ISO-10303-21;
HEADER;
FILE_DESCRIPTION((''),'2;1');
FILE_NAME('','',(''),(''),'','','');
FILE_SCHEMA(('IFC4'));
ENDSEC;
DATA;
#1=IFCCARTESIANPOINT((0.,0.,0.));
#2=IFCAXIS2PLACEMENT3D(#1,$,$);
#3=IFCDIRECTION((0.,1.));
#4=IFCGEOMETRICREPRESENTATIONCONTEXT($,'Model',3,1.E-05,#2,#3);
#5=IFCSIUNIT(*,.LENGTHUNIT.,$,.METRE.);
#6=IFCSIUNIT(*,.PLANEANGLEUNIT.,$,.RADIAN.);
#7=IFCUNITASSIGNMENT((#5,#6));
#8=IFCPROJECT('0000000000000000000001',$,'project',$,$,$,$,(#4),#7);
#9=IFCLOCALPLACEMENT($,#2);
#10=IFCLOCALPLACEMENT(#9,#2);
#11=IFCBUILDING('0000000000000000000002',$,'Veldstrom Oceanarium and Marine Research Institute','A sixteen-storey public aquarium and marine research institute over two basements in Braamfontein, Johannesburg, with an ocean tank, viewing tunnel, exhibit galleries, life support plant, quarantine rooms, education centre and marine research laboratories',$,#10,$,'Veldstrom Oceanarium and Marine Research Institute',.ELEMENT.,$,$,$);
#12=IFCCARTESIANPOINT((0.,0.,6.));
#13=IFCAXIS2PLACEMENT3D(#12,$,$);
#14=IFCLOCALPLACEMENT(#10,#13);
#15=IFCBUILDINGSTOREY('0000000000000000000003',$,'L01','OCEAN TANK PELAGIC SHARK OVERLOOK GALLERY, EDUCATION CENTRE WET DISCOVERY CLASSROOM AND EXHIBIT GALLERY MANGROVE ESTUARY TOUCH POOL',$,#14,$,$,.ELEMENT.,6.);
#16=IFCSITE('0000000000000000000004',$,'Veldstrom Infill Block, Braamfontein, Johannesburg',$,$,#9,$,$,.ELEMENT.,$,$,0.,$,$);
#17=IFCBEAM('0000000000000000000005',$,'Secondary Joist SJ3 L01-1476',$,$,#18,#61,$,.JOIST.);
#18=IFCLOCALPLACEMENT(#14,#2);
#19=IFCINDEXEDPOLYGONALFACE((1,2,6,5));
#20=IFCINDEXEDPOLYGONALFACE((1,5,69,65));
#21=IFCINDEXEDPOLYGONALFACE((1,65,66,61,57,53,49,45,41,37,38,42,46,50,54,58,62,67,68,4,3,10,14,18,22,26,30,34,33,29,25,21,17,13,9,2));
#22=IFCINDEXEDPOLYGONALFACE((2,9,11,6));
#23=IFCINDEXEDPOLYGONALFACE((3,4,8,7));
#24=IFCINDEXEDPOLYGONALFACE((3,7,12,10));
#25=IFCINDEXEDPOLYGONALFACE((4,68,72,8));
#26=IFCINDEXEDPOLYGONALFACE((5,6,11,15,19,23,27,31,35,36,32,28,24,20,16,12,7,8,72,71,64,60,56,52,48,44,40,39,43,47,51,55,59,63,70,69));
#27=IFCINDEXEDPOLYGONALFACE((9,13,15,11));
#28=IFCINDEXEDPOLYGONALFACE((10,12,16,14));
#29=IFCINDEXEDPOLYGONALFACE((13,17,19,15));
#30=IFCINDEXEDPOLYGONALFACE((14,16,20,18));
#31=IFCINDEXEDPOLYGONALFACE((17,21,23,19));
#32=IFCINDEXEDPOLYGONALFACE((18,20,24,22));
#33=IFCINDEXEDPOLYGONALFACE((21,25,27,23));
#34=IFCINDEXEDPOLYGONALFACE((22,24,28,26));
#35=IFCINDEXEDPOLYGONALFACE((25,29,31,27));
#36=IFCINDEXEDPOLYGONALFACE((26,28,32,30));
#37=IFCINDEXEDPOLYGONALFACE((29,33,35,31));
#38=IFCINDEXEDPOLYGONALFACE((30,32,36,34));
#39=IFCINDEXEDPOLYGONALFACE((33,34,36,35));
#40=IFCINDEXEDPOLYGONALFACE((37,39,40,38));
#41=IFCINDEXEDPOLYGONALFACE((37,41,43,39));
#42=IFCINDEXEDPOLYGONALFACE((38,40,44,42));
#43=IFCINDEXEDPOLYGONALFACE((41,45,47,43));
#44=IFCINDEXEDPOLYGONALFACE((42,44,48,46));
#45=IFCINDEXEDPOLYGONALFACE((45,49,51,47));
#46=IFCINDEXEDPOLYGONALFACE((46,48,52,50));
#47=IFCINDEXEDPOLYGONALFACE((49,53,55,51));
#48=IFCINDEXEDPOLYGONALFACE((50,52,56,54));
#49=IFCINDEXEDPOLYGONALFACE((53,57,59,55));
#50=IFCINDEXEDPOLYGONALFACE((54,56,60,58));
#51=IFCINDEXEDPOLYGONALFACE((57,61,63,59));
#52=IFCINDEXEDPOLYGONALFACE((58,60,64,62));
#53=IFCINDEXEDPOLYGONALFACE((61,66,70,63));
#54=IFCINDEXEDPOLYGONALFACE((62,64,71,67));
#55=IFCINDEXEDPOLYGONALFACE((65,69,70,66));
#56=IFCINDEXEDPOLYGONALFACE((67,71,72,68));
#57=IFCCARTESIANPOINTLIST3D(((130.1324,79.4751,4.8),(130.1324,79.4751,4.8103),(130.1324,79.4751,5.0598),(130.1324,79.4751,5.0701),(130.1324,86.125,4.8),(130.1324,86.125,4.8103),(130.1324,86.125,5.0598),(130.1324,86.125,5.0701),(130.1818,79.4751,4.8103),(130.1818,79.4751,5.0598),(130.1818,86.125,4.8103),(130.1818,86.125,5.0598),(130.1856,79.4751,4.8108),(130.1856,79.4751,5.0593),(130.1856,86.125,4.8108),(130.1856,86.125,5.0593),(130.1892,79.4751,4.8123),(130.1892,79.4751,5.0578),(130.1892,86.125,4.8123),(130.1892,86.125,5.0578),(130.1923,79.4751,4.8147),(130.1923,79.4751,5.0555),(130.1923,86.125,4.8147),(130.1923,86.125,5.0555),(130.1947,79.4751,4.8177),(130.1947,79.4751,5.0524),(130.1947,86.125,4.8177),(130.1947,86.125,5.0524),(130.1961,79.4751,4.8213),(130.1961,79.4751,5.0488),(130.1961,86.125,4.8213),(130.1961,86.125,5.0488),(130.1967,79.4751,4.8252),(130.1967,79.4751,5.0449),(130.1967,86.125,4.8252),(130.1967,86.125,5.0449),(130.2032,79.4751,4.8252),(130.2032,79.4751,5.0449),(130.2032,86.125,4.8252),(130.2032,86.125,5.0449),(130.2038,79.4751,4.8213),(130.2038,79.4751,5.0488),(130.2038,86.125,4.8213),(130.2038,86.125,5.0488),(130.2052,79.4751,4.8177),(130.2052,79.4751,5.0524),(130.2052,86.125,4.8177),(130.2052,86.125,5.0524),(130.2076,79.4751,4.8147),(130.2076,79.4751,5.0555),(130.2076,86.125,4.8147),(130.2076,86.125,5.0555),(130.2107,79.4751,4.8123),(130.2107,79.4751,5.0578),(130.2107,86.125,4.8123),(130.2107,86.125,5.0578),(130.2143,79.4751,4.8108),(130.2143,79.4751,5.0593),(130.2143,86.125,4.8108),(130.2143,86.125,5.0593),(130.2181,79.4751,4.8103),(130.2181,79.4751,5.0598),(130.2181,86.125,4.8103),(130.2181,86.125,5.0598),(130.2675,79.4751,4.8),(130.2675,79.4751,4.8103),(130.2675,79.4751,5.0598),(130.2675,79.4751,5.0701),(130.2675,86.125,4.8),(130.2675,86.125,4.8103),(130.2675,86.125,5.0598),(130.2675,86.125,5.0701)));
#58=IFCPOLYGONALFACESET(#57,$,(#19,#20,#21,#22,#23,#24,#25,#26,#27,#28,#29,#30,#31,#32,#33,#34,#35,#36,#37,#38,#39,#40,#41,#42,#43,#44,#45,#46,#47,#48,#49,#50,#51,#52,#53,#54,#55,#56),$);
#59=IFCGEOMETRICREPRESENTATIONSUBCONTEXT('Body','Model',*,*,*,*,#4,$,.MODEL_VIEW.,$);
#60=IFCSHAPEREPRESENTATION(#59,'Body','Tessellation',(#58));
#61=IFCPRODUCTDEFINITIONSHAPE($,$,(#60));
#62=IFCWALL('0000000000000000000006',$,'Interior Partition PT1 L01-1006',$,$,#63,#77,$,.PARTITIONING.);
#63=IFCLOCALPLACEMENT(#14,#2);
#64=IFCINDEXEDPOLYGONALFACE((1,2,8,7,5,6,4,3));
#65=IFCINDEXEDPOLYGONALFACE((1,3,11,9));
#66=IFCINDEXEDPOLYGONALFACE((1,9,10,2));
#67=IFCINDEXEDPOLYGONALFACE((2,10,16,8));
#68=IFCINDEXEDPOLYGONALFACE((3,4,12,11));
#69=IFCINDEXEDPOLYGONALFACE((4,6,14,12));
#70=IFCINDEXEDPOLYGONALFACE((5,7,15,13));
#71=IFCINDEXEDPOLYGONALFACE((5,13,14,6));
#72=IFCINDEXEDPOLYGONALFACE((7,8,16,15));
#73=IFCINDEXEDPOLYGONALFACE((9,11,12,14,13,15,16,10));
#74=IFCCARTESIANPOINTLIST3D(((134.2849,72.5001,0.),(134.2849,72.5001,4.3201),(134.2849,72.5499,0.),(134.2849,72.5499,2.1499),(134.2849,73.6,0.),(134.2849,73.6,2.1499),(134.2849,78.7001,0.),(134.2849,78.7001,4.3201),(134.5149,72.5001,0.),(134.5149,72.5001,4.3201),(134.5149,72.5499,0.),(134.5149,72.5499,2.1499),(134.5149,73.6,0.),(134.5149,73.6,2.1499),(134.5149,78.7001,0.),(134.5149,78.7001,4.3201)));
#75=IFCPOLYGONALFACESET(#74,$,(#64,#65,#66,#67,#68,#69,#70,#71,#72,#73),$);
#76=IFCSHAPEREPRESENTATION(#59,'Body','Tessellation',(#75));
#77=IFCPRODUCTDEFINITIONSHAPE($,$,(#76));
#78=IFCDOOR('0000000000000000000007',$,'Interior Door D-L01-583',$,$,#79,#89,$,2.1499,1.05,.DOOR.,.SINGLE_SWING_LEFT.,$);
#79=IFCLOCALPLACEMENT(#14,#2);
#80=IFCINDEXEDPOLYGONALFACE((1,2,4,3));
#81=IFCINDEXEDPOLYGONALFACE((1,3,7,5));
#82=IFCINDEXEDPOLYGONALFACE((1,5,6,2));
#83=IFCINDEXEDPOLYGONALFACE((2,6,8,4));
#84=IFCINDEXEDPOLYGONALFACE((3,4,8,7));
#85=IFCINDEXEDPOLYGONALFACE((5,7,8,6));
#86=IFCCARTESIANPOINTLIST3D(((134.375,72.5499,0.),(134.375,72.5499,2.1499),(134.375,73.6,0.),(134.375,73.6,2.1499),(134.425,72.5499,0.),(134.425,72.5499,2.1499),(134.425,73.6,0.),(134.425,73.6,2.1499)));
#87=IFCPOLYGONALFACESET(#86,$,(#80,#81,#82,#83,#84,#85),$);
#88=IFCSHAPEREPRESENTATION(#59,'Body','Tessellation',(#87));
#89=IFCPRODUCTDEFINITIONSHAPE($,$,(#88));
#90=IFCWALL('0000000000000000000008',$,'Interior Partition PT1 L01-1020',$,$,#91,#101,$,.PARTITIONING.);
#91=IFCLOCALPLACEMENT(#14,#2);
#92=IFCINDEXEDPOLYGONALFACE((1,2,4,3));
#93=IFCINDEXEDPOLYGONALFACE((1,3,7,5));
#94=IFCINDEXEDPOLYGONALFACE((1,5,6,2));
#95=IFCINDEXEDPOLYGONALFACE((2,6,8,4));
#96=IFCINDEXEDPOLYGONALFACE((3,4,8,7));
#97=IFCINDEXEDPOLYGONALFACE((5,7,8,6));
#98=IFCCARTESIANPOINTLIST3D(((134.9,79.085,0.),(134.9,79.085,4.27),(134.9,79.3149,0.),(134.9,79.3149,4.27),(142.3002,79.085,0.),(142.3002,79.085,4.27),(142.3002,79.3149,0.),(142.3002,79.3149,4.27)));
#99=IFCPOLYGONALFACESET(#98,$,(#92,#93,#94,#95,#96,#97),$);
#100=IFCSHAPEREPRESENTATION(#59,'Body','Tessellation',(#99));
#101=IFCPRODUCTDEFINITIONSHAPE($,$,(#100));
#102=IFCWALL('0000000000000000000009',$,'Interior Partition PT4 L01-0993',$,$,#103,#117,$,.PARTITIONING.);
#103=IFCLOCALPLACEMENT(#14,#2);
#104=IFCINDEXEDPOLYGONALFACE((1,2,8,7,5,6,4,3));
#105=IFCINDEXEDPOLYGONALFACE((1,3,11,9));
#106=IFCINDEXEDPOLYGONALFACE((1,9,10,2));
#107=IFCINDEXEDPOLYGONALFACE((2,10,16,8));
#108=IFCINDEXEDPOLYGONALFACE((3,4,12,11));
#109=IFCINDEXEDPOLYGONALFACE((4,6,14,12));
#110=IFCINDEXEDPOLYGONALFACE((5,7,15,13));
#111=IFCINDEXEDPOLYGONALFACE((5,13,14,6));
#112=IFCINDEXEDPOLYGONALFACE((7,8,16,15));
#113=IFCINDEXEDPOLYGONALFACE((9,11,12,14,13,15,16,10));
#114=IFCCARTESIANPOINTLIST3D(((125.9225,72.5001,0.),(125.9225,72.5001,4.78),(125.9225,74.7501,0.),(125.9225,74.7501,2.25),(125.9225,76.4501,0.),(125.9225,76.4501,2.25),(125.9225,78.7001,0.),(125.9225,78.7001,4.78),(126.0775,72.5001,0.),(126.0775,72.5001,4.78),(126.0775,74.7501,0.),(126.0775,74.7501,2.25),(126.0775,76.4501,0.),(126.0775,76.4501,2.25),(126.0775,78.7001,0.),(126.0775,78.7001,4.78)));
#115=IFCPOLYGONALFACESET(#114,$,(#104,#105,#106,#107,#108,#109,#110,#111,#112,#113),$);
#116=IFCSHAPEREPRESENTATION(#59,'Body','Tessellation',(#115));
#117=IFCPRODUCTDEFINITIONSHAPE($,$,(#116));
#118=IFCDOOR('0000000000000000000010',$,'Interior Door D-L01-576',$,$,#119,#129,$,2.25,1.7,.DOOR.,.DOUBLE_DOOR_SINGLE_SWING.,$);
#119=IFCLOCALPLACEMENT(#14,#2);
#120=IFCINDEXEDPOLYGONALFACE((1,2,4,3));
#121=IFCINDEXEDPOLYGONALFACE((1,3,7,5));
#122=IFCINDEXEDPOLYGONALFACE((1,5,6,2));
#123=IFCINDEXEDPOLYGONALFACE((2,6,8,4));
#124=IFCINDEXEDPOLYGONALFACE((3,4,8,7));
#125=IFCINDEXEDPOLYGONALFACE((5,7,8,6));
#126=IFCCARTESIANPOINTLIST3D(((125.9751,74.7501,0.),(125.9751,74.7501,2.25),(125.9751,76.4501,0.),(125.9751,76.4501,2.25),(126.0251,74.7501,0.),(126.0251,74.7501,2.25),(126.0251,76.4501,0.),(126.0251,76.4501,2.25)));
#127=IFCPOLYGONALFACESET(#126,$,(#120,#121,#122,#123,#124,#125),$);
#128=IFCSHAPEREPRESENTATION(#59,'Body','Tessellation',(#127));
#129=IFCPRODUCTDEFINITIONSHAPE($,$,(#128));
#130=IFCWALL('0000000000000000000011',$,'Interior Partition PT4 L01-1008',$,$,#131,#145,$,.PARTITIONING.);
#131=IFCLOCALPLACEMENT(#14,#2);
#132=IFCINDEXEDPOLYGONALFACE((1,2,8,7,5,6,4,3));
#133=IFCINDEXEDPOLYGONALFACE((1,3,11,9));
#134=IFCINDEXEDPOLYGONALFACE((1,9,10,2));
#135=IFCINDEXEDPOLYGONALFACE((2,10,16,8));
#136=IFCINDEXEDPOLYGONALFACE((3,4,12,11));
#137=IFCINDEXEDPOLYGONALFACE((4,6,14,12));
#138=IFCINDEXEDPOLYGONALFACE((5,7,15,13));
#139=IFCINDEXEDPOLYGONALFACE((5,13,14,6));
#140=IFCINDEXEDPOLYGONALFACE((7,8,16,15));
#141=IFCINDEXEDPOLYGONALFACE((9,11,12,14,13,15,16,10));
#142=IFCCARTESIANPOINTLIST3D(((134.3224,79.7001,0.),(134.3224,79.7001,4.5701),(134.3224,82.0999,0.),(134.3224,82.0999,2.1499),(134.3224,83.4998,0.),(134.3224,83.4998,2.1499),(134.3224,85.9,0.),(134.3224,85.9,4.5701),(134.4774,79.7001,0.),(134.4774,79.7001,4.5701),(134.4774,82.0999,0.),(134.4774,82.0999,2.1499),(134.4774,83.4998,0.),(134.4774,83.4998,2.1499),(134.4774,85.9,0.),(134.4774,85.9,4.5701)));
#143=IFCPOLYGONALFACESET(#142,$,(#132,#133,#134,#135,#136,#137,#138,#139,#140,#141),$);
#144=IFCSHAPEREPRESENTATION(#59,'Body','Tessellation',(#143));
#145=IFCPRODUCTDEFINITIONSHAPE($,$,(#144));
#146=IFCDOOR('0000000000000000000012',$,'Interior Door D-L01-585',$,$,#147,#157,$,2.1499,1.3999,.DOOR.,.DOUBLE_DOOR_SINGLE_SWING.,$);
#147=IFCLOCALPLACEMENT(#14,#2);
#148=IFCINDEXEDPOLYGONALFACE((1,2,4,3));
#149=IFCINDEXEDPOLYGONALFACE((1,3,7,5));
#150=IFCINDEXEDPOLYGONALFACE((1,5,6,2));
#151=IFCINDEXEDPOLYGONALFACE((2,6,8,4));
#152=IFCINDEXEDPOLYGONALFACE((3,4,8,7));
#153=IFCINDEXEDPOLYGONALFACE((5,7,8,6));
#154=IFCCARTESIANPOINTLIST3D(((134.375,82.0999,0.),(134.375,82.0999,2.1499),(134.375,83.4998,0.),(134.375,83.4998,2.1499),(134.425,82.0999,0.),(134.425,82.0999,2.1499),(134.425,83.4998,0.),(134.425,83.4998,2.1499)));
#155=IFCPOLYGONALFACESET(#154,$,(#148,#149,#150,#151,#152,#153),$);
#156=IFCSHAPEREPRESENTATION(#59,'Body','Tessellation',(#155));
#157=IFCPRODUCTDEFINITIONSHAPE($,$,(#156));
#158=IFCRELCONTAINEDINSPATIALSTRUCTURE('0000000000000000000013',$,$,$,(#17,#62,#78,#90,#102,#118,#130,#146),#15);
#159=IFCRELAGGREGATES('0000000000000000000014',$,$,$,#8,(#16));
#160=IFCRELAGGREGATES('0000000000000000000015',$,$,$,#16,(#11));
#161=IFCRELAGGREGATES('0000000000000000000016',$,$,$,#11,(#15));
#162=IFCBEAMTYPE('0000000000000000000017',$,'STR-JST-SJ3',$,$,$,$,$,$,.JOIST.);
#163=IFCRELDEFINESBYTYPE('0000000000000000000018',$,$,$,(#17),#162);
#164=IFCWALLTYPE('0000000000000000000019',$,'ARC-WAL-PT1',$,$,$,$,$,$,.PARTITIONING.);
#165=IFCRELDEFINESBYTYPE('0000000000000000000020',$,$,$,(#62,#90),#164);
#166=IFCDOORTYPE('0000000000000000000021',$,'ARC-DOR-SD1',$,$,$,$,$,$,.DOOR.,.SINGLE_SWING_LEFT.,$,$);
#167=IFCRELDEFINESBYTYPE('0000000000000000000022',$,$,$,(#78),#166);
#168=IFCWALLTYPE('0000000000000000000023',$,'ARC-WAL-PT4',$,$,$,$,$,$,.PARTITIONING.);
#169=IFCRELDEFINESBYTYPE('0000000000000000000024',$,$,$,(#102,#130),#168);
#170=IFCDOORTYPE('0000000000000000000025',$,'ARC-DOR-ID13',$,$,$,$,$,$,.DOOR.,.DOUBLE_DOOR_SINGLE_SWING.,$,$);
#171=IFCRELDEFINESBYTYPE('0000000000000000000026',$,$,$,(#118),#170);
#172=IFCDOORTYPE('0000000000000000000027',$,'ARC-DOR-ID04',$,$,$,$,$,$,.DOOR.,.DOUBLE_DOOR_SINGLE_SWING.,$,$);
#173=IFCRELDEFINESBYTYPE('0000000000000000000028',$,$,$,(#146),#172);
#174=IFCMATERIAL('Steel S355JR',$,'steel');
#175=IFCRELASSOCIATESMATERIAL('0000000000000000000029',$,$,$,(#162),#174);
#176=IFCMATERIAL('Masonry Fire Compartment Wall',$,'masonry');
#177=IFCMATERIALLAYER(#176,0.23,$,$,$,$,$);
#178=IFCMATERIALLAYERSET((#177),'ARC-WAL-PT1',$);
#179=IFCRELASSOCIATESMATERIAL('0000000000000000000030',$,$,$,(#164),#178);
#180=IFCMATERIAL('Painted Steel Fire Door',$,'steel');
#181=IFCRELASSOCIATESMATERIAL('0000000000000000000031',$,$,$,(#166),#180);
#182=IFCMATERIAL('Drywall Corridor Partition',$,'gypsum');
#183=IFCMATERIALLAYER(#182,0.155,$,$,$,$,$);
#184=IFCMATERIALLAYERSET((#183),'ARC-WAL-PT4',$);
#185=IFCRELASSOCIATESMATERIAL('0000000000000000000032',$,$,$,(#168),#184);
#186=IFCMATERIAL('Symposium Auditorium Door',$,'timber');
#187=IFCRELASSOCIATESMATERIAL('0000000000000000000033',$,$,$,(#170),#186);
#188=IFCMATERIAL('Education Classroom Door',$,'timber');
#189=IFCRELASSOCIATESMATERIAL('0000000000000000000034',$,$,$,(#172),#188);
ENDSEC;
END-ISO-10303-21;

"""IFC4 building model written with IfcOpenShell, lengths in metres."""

from ifc_helpers import new_model, si_unit, direction, frame, frame_2d, origin, origin_2d, place, context, subcontext, project, spatial, rectangle, i_section, extrude, material, layer, layer_set, material_profile, profile_set, type_object, element, fill, save


model = new_model("IFC4")

# Units and contexts
model_context = context("Model", 3, precision=1e-05, world=origin(), true_north=direction((0.0, 1.0)))
body_context = subcontext(model_context, "Body", "Model", "MODEL_VIEW")
ifc_project = project(units=[si_unit("LENGTHUNIT", "METRE"), si_unit("PLANEANGLEUNIT", "RADIAN")], contexts=[model_context])

# Site, building, storey
site_placement = place(None, origin())
site = spatial("IfcSite", under=ifc_project, at=site_placement, Name="Veldstrom Infill Block, Braamfontein, Johannesburg", CompositionType="ELEMENT", RefElevation=0.0)
building_placement = place(site_placement, origin())
building = spatial("IfcBuilding", under=site, at=building_placement, Name="Veldstrom Oceanarium and Marine Research Institute", Description="A sixteen-storey public aquarium and marine research institute over two basements in Braamfontein, Johannesburg, with an ocean tank, viewing tunnel, exhibit galleries, life support plant, quarantine rooms, education centre and marine research laboratories", LongName="Veldstrom Oceanarium and Marine Research Institute", CompositionType="ELEMENT")
storey_placement = place(building_placement, frame((0.0, 0.0, 6.0)))
storey = spatial("IfcBuildingStorey", under=building, at=storey_placement, Name="L01", Description="OCEAN TANK PELAGIC SHARK OVERLOOK GALLERY, EDUCATION CENTRE WET DISCOVERY CLASSROOM AND EXHIBIT GALLERY MANGROVE ESTUARY TOUCH POOL", CompositionType="ELEMENT", Elevation=6.0)

# Beam
ifc_material_1 = material(Name="Steel S355JR", Category="steel")
ifc_material_profile_1 = material_profile(ifc_material_1, i_section(OverallWidth=0.135, OverallDepth=0.27, WebThickness=0.0066, FlangeThickness=0.0103, FilletRadius=0.0149, at=origin_2d()), Name="IPE 270")
ifc_profile_set_1 = profile_set([ifc_material_profile_1], Name="Steel S355JR")
beam_type_1 = type_object("IfcBeamType", Name="STR-JST-SJ3", PredefinedType="JOIST", material=ifc_profile_set_1)
beam_1_placement = place(storey_placement, frame((130.2, 79.4751, 4.9351), z_axis=(0.0, 1.0, 0.0), x_axis=(-1.0, 0.0, 0.0)))
element("IfcBeam", 1, at=beam_1_placement, inside=storey, type_object=beam_type_1, Name="Secondary Joist SJ3 L01-1476", PredefinedType="JOIST", context=body_context, shape_type="SweptSolid", body=[
    extrude(i_section(OverallWidth=0.135, OverallDepth=0.27, WebThickness=0.0066, FlangeThickness=0.0103, FilletRadius=0.0149, at=origin_2d()), origin(), (0.0, 0.0, 1.0), 6.6499),
])

# Wall, opening, door
ifc_material_2 = material(Name="Masonry Fire Compartment Wall", Category="masonry")
ifc_layer_1 = layer(ifc_material_2, 0.23)
ifc_layer_set_1 = layer_set([ifc_layer_1], Name="ARC-WAL-PT1")
wall_type_1 = type_object("IfcWallType", Name="ARC-WAL-PT1", PredefinedType="PARTITIONING", material=ifc_layer_set_1)
wall_1_placement = place(storey_placement, frame((134.3999, 72.5, 0.0), z_axis=(0.0, 0.0, 1.0), x_axis=(0.0, 1.0, 0.0)))
wall_1 = element("IfcWall", 2, at=wall_1_placement, inside=storey, type_object=wall_type_1, Name="Interior Partition PT1 L01-1006", PredefinedType="PARTITIONING", context=body_context, shape_type="SweptSolid", body=[
    extrude(rectangle(XDim=6.2, YDim=0.23, at=frame_2d((3.1001, 0.0))), origin(), (0.0, 0.0, 1.0), 4.3201),
])
opening_1_placement = place(wall_1_placement, frame((0.05, 0.0, 0.0)))
opening_1 = element("IfcOpeningElement", 3, at=opening_1_placement, cuts=wall_1, PredefinedType="OPENING", context=body_context, shape_type="SweptSolid", body=[
    extrude(rectangle(XDim=1.05, YDim=2.1499, at=frame_2d((0.5249, 1.075))), frame((0.0, 0.125, 0.0), z_axis=(0.0, -1.0, 0.0), x_axis=(1.0, 0.0, 0.0)), (0.0, 0.0, 1.0), 0.25),
])
ifc_material_3 = material(Name="Painted Steel Fire Door", Category="steel")
door_type_1 = type_object("IfcDoorType", Name="ARC-DOR-SD1", OperationType="SINGLE_SWING_LEFT", PredefinedType="DOOR", material=ifc_material_3)
door_1_placement = place(opening_1_placement, origin())
door_1 = element("IfcDoor", 4, at=door_1_placement, inside=storey, type_object=door_type_1, Name="Interior Door D-L01-583", OperationType="SINGLE_SWING_LEFT", OverallHeight=2.1499, OverallWidth=1.05, PredefinedType="DOOR", context=body_context, shape_type="SweptSolid", body=[
    extrude(rectangle(XDim=1.05, YDim=2.1499, at=frame_2d((0.5249, 1.075))), frame((0.0, 0.0249, 0.0), z_axis=(0.0, -1.0, 0.0), x_axis=(1.0, 0.0, 0.0)), (0.0, 0.0, 1.0), 0.05),
])
fill(opening_1, door_1)

# Wall
wall_2_placement = place(storey_placement, frame((134.8999, 79.2, 0.0), z_axis=(0.0, 0.0, 1.0), x_axis=(1.0, 0.0, 0.0)))
element("IfcWall", 5, at=wall_2_placement, inside=storey, type_object=wall_type_1, Name="Interior Partition PT1 L01-1020", PredefinedType="PARTITIONING", context=body_context, shape_type="SweptSolid", body=[
    extrude(rectangle(XDim=7.4001, YDim=0.23, at=frame_2d((3.7002, 0.0))), origin(), (0.0, 0.0, 1.0), 4.27),
])

# Walls, openings, doors
ifc_material_4 = material(Name="Drywall Corridor Partition", Category="gypsum")
ifc_layer_2 = layer(ifc_material_4, 0.155)
ifc_layer_set_2 = layer_set([ifc_layer_2], Name="ARC-WAL-PT4")
wall_type_2 = type_object("IfcWallType", Name="ARC-WAL-PT4", PredefinedType="PARTITIONING", material=ifc_layer_set_2)
wall_3_placement = place(storey_placement, frame((126.0, 72.5, 0.0), z_axis=(0.0, 0.0, 1.0), x_axis=(0.0, 1.0, 0.0)))
wall_3 = element("IfcWall", 6, at=wall_3_placement, inside=storey, type_object=wall_type_2, Name="Interior Partition PT4 L01-0993", PredefinedType="PARTITIONING", context=body_context, shape_type="SweptSolid", body=[
    extrude(rectangle(XDim=6.2, YDim=0.155, at=frame_2d((3.1001, 0.0))), origin(), (0.0, 0.0, 1.0), 4.78),
])
opening_2_placement = place(wall_3_placement, frame((2.25, 0.0, 0.0)))
opening_2 = element("IfcOpeningElement", 7, at=opening_2_placement, cuts=wall_3, PredefinedType="OPENING", context=body_context, shape_type="SweptSolid", body=[
    extrude(rectangle(XDim=1.7, YDim=2.25, at=frame_2d((0.8501, 1.125))), frame((0.0, 0.0874, 0.0), z_axis=(0.0, -1.0, 0.0), x_axis=(1.0, 0.0, 0.0)), (0.0, 0.0, 1.0), 0.175),
])
ifc_material_5 = material(Name="Symposium Auditorium Door", Category="timber")
door_type_2 = type_object("IfcDoorType", Name="ARC-DOR-ID13", OperationType="DOUBLE_DOOR_SINGLE_SWING", PredefinedType="DOOR", material=ifc_material_5)
door_2_placement = place(opening_2_placement, origin())
door_2 = element("IfcDoor", 8, at=door_2_placement, inside=storey, type_object=door_type_2, Name="Interior Door D-L01-576", OperationType="DOUBLE_DOOR_SINGLE_SWING", OverallHeight=2.25, OverallWidth=1.7, PredefinedType="DOOR", context=body_context, shape_type="SweptSolid", body=[
    extrude(rectangle(XDim=1.7, YDim=2.25, at=frame_2d((0.8501, 1.125))), frame((0.0, 0.0249, 0.0), z_axis=(0.0, -1.0, 0.0), x_axis=(1.0, 0.0, 0.0)), (0.0, 0.0, 1.0), 0.05),
])
fill(opening_2, door_2)
wall_4_placement = place(storey_placement, frame((134.3999, 79.7, 0.0), z_axis=(0.0, 0.0, 1.0), x_axis=(0.0, 1.0, 0.0)))
wall_4 = element("IfcWall", 9, at=wall_4_placement, inside=storey, type_object=wall_type_2, Name="Interior Partition PT4 L01-1008", PredefinedType="PARTITIONING", context=body_context, shape_type="SweptSolid", body=[
    extrude(rectangle(XDim=6.2, YDim=0.155, at=frame_2d((3.1001, 0.0))), origin(), (0.0, 0.0, 1.0), 4.5701),
])
opening_3_placement = place(wall_4_placement, frame((2.3999, 0.0, 0.0)))
opening_3 = element("IfcOpeningElement", 10, at=opening_3_placement, cuts=wall_4, PredefinedType="OPENING", context=body_context, shape_type="SweptSolid", body=[
    extrude(rectangle(XDim=1.3999, YDim=2.1499, at=frame_2d((0.7, 1.075))), frame((0.0, 0.0874, 0.0), z_axis=(0.0, -1.0, 0.0), x_axis=(1.0, 0.0, 0.0)), (0.0, 0.0, 1.0), 0.175),
])
ifc_material_6 = material(Name="Education Classroom Door", Category="timber")
door_type_3 = type_object("IfcDoorType", Name="ARC-DOR-ID04", OperationType="DOUBLE_DOOR_SINGLE_SWING", PredefinedType="DOOR", material=ifc_material_6)
door_3_placement = place(opening_3_placement, origin())
door_3 = element("IfcDoor", 11, at=door_3_placement, inside=storey, type_object=door_type_3, Name="Interior Door D-L01-585", OperationType="DOUBLE_DOOR_SINGLE_SWING", OverallHeight=2.1499, OverallWidth=1.3999, PredefinedType="DOOR", context=body_context, shape_type="SweptSolid", body=[
    extrude(rectangle(XDim=1.3999, YDim=2.1499, at=frame_2d((0.7, 1.075))), frame((0.0, 0.0249, 0.0), z_axis=(0.0, -1.0, 0.0), x_axis=(1.0, 0.0, 0.0)), (0.0, 0.0, 1.0), 0.05),
])
fill(opening_3, door_3)

save(model, "model.ifc")
